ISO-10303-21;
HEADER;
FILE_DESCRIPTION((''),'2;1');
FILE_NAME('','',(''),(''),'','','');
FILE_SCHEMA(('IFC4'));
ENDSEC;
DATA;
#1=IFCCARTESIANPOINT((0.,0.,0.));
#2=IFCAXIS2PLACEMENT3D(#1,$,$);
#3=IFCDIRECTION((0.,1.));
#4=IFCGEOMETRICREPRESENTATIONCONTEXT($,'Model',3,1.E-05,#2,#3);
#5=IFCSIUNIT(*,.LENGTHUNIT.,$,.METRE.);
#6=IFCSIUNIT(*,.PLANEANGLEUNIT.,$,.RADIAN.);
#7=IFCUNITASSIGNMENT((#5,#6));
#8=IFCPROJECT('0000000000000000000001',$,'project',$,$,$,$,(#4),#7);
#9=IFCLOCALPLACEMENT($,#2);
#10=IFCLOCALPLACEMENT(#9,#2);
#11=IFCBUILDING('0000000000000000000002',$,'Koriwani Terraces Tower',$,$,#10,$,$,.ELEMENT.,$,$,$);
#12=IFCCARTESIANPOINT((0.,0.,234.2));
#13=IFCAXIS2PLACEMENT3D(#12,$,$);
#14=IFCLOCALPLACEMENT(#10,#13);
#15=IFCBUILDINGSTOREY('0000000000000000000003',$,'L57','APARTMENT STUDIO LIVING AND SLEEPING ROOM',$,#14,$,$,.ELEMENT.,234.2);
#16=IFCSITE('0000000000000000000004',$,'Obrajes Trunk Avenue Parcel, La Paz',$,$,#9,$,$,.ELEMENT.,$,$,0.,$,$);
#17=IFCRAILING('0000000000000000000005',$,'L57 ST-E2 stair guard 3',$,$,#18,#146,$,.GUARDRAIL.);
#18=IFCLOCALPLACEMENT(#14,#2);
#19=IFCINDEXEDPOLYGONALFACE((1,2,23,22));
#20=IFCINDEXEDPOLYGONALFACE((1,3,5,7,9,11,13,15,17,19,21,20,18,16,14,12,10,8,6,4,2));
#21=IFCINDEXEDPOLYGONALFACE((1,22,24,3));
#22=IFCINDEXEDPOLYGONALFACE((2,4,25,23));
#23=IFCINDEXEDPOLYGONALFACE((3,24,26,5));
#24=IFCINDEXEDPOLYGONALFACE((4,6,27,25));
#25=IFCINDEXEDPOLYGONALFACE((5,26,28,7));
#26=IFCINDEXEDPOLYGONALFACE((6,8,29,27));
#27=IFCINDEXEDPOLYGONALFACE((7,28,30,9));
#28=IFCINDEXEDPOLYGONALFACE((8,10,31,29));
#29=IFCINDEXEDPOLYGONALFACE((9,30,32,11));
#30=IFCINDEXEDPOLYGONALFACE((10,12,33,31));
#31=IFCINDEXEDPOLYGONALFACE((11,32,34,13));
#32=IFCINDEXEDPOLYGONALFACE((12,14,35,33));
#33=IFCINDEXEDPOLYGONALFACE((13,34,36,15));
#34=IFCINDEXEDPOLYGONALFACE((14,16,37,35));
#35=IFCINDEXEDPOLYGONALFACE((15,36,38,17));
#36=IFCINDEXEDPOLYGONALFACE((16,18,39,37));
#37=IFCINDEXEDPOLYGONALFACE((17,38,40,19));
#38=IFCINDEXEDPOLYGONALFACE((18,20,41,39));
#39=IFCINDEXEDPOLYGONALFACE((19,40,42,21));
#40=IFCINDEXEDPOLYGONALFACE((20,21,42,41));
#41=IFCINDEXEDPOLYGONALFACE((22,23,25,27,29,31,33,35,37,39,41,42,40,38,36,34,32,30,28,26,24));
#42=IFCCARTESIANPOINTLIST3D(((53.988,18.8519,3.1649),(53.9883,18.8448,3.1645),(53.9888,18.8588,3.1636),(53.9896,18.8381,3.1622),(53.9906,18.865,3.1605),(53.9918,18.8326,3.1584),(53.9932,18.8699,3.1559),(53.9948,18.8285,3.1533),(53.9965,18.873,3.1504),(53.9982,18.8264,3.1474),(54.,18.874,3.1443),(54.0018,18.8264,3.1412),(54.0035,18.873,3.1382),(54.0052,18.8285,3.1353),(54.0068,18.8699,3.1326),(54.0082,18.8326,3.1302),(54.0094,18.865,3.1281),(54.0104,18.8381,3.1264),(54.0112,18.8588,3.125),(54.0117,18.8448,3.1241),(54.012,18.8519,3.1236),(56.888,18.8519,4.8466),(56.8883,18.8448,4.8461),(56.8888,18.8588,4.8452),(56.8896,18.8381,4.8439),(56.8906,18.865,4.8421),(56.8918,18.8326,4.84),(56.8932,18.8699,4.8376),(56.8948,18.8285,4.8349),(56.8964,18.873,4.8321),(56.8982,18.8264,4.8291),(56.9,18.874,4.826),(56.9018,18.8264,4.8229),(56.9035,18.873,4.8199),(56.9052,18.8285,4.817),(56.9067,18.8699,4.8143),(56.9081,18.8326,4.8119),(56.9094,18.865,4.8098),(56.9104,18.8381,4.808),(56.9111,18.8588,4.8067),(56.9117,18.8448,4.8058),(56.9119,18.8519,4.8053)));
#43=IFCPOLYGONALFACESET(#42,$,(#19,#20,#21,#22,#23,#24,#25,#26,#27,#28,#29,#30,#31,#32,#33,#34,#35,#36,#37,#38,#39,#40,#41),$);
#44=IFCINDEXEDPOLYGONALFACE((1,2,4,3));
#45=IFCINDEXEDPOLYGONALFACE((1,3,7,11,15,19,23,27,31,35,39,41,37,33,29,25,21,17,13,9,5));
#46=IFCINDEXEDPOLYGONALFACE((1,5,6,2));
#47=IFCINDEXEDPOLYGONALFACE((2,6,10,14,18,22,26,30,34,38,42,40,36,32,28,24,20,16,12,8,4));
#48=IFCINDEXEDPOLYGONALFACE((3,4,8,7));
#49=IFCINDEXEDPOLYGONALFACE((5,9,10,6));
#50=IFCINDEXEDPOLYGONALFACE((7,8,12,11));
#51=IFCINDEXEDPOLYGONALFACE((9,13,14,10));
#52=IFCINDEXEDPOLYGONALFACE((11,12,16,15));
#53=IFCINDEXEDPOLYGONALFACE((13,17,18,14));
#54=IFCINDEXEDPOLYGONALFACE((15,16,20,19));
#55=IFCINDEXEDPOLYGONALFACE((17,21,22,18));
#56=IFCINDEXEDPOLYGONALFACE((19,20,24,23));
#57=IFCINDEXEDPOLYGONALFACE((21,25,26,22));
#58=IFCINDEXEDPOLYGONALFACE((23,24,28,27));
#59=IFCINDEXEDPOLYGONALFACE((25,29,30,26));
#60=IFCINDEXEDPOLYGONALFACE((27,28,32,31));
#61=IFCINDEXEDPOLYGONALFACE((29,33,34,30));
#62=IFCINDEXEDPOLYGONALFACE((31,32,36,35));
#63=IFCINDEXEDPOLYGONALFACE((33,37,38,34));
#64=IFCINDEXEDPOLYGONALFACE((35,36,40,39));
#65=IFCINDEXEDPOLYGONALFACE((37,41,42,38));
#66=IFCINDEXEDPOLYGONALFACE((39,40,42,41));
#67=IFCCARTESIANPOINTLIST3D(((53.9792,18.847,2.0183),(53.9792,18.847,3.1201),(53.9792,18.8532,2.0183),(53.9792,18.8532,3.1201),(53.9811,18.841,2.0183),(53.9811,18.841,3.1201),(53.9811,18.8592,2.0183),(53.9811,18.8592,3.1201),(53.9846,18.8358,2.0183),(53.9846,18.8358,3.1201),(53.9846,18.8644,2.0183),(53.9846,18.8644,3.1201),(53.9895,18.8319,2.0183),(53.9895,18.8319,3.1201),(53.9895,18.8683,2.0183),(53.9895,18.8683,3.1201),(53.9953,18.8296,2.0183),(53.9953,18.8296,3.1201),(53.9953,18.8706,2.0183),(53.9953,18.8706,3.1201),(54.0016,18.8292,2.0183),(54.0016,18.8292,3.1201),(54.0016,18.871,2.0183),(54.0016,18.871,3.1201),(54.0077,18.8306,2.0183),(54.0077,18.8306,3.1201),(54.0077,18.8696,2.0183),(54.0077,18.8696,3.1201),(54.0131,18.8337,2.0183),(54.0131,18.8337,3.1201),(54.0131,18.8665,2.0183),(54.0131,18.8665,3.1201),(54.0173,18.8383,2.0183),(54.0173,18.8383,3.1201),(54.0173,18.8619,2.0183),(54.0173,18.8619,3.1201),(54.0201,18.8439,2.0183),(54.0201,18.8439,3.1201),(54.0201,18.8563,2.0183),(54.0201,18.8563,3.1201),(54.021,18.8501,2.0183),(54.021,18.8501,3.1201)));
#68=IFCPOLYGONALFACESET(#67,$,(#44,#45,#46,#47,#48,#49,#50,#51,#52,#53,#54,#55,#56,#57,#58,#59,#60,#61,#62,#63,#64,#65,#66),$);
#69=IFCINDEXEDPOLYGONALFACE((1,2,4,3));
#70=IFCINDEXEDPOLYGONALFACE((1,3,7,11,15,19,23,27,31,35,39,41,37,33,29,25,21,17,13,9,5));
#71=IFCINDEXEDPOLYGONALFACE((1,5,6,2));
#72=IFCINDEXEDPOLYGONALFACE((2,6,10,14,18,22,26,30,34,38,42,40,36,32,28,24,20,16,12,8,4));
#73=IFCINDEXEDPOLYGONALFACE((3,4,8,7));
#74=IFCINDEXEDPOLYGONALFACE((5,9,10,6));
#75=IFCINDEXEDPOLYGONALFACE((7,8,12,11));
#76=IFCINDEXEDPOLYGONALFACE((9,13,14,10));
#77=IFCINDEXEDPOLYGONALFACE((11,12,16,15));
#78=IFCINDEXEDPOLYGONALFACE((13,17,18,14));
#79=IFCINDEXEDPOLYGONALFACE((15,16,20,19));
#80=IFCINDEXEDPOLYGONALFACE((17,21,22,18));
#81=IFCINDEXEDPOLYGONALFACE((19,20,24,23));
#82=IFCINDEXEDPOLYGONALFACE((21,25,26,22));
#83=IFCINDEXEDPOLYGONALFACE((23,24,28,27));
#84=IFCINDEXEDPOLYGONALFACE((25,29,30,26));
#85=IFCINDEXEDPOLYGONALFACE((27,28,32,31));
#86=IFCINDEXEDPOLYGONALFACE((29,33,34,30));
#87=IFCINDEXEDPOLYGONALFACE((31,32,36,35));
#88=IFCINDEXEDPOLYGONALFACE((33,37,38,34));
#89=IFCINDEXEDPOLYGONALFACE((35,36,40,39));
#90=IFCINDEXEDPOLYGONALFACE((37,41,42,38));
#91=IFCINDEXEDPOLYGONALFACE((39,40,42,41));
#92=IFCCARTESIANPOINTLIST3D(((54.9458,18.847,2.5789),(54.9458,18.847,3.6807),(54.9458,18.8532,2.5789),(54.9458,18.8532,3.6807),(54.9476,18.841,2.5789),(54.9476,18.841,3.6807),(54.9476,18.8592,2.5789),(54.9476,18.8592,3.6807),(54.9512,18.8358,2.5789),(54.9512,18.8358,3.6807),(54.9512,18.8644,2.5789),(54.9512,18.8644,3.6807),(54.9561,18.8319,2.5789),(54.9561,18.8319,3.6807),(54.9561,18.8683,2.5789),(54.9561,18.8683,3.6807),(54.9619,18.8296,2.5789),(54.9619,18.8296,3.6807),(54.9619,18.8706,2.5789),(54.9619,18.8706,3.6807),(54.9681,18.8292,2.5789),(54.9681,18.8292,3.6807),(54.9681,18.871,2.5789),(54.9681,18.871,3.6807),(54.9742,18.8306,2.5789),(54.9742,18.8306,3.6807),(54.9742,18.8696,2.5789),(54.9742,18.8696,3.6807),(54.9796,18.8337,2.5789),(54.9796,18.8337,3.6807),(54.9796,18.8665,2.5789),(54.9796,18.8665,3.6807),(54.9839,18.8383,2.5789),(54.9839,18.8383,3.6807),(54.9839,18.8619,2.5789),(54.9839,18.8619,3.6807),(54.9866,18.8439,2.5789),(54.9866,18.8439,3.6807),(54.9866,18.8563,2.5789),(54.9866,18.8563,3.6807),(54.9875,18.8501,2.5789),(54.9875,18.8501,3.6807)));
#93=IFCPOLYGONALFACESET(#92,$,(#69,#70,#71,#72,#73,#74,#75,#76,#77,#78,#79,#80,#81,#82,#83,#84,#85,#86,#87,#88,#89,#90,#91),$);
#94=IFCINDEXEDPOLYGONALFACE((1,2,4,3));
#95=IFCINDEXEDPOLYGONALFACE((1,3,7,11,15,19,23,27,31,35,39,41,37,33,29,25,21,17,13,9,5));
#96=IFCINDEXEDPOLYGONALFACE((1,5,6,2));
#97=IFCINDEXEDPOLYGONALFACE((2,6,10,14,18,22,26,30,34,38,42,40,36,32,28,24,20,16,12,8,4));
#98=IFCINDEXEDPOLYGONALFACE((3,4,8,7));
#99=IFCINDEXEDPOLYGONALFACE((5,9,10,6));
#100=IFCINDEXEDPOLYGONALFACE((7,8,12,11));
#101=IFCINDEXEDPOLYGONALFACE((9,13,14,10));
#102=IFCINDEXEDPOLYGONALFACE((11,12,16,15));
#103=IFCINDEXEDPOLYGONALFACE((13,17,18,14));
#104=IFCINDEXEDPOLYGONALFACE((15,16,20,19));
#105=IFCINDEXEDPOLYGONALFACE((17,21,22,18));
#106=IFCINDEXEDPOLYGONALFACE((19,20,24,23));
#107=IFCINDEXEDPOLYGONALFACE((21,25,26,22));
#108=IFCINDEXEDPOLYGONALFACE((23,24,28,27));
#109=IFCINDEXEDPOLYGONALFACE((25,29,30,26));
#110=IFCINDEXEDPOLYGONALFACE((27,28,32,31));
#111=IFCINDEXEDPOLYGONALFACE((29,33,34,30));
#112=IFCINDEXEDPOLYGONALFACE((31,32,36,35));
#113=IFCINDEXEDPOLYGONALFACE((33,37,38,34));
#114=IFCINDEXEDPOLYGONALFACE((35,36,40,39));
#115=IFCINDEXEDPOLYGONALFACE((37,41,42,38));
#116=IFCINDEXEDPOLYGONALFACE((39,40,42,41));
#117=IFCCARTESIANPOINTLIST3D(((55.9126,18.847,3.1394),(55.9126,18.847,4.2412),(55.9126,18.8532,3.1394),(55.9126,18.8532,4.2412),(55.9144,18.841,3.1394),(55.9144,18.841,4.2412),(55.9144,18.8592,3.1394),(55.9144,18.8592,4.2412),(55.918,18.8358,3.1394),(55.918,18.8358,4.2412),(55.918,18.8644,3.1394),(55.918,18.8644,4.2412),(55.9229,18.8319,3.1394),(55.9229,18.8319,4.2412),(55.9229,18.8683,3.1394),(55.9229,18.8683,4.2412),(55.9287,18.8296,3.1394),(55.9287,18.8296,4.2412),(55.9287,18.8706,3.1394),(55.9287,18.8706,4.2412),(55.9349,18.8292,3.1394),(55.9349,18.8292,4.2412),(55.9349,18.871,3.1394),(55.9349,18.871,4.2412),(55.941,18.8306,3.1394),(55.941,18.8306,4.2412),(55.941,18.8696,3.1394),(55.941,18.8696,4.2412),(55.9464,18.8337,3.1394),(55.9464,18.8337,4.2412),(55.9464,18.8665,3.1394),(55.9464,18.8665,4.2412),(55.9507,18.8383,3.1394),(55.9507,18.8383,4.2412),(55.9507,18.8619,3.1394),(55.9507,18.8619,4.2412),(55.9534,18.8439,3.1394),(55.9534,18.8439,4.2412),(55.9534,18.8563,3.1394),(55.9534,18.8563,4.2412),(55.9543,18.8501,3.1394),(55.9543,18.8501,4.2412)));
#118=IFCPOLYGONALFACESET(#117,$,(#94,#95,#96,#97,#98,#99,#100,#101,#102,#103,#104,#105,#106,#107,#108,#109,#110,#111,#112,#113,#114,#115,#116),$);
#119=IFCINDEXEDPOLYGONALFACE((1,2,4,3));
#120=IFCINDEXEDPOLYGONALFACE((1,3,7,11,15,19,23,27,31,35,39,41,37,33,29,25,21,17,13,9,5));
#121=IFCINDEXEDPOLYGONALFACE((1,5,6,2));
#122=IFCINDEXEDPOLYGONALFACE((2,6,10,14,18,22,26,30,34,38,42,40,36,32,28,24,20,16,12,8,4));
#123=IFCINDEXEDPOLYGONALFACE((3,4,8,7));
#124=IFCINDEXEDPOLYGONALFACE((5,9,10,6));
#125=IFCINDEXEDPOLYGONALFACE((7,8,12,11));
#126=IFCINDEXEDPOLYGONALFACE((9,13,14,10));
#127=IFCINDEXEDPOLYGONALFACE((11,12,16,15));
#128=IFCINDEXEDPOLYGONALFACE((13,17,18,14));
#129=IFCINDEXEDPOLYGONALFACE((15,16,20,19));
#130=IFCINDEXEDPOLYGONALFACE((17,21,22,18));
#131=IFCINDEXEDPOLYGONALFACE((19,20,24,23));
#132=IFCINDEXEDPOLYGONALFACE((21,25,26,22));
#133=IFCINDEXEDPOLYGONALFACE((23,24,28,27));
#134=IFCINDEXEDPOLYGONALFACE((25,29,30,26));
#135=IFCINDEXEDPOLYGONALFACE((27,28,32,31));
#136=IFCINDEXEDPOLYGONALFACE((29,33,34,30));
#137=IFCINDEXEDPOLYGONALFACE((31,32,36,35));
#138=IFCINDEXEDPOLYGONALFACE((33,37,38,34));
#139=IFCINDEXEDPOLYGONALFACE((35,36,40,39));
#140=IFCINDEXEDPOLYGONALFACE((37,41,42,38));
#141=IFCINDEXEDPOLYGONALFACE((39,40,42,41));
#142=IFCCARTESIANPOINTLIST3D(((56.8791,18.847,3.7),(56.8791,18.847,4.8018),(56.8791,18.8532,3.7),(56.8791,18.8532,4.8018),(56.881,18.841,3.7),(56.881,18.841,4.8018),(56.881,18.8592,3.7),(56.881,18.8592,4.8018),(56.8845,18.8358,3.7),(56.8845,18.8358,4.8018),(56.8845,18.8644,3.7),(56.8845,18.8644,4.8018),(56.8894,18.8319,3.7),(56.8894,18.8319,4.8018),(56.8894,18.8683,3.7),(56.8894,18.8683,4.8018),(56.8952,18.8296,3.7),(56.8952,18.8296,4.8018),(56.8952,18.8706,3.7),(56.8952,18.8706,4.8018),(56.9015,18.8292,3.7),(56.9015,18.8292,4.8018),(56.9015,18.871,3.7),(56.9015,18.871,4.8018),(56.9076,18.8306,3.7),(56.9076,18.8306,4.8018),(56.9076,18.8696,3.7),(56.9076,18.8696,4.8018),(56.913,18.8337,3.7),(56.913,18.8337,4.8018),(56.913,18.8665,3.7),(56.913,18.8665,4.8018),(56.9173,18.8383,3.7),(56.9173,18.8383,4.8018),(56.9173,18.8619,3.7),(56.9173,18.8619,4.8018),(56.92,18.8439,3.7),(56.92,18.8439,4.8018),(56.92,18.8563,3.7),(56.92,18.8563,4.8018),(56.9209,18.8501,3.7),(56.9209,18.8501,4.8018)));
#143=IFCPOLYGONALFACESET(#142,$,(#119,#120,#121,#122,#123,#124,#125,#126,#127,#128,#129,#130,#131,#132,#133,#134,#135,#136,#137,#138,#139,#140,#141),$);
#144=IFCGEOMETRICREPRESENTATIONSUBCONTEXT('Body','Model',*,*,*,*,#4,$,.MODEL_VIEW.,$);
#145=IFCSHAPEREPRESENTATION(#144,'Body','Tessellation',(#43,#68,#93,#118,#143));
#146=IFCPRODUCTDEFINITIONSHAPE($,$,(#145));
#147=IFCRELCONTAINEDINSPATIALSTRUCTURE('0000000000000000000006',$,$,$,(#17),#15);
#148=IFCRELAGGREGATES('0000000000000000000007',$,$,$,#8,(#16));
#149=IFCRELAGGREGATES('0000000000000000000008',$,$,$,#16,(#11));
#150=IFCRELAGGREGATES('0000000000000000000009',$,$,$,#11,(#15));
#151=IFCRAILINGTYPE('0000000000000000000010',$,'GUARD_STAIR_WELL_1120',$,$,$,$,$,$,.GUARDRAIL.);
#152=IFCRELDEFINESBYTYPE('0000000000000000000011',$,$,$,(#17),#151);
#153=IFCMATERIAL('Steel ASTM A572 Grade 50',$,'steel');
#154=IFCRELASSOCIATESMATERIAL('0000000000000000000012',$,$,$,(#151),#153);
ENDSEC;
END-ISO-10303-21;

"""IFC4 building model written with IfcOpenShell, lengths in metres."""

from ifc_helpers import new_model, si_unit, direction, frame, origin, origin_2d, place, context, subcontext, project, spatial, circle, extrude, material, type_object, element, save


model = new_model("IFC4")

# Units and contexts
model_context = context("Model", 3, precision=1e-05, world=origin(), true_north=direction((0.0, 1.0)))
body_context = subcontext(model_context, "Body", "Model", "MODEL_VIEW")
ifc_project = project(units=[si_unit("LENGTHUNIT", "METRE"), si_unit("PLANEANGLEUNIT", "RADIAN")], contexts=[model_context])

# Site, building, storey
site_placement = place(None, origin())
site = spatial("IfcSite", under=ifc_project, at=site_placement, Name="Obrajes Trunk Avenue Parcel, La Paz", CompositionType="ELEMENT", RefElevation=0.0)
building_placement = place(site_placement, origin())
building = spatial("IfcBuilding", under=site, at=building_placement, Name="Koriwani Terraces Tower", CompositionType="ELEMENT")
storey_placement = place(building_placement, frame((0.0, 0.0, 234.2)))
storey = spatial("IfcBuildingStorey", under=building, at=storey_placement, Name="L57", Description="APARTMENT STUDIO LIVING AND SLEEPING ROOM", CompositionType="ELEMENT", Elevation=234.2)

# Shared definitions
ifc_material_1 = material(Name="Steel ASTM A572 Grade 50", Category="steel")

# Railing
railing_type_1 = type_object("IfcRailingType", Name="GUARD_STAIR_WELL_1120", PredefinedType="GUARDRAIL", material=ifc_material_1)
railing_1_placement = place(storey_placement, frame((54.0, 18.8501, 2.0183)))
element("IfcRailing", 1, at=railing_1_placement, inside=storey, type_object=railing_type_1, Name="L57 ST-E2 stair guard 3", PredefinedType="GUARDRAIL", context=body_context, shape_type="SweptSolid", body=[
    extrude(circle(Radius=0.0239, at=origin_2d()), frame((0.0, 0.0, 1.126), z_axis=(0.86507, 0.0, 0.501651), x_axis=(0.0, 1.0, 0.0)), (0.0, 0.0, 1.0), 3.3523),
    extrude(circle(Radius=0.021, at=origin_2d()), origin(), (0.0, 0.0, 1.0), 1.1018),
    extrude(circle(Radius=0.021, at=origin_2d()), frame((0.9666, 0.0, 0.5605)), (0.0, 0.0, 1.0), 1.1018),
    extrude(circle(Radius=0.021, at=origin_2d()), frame((1.9333, 0.0, 1.1211)), (0.0, 0.0, 1.0), 1.1018),
    extrude(circle(Radius=0.021, at=origin_2d()), frame((2.8999, 0.0, 1.6816)), (0.0, 0.0, 1.0), 1.1018),
])

save(model, "model.ifc")
